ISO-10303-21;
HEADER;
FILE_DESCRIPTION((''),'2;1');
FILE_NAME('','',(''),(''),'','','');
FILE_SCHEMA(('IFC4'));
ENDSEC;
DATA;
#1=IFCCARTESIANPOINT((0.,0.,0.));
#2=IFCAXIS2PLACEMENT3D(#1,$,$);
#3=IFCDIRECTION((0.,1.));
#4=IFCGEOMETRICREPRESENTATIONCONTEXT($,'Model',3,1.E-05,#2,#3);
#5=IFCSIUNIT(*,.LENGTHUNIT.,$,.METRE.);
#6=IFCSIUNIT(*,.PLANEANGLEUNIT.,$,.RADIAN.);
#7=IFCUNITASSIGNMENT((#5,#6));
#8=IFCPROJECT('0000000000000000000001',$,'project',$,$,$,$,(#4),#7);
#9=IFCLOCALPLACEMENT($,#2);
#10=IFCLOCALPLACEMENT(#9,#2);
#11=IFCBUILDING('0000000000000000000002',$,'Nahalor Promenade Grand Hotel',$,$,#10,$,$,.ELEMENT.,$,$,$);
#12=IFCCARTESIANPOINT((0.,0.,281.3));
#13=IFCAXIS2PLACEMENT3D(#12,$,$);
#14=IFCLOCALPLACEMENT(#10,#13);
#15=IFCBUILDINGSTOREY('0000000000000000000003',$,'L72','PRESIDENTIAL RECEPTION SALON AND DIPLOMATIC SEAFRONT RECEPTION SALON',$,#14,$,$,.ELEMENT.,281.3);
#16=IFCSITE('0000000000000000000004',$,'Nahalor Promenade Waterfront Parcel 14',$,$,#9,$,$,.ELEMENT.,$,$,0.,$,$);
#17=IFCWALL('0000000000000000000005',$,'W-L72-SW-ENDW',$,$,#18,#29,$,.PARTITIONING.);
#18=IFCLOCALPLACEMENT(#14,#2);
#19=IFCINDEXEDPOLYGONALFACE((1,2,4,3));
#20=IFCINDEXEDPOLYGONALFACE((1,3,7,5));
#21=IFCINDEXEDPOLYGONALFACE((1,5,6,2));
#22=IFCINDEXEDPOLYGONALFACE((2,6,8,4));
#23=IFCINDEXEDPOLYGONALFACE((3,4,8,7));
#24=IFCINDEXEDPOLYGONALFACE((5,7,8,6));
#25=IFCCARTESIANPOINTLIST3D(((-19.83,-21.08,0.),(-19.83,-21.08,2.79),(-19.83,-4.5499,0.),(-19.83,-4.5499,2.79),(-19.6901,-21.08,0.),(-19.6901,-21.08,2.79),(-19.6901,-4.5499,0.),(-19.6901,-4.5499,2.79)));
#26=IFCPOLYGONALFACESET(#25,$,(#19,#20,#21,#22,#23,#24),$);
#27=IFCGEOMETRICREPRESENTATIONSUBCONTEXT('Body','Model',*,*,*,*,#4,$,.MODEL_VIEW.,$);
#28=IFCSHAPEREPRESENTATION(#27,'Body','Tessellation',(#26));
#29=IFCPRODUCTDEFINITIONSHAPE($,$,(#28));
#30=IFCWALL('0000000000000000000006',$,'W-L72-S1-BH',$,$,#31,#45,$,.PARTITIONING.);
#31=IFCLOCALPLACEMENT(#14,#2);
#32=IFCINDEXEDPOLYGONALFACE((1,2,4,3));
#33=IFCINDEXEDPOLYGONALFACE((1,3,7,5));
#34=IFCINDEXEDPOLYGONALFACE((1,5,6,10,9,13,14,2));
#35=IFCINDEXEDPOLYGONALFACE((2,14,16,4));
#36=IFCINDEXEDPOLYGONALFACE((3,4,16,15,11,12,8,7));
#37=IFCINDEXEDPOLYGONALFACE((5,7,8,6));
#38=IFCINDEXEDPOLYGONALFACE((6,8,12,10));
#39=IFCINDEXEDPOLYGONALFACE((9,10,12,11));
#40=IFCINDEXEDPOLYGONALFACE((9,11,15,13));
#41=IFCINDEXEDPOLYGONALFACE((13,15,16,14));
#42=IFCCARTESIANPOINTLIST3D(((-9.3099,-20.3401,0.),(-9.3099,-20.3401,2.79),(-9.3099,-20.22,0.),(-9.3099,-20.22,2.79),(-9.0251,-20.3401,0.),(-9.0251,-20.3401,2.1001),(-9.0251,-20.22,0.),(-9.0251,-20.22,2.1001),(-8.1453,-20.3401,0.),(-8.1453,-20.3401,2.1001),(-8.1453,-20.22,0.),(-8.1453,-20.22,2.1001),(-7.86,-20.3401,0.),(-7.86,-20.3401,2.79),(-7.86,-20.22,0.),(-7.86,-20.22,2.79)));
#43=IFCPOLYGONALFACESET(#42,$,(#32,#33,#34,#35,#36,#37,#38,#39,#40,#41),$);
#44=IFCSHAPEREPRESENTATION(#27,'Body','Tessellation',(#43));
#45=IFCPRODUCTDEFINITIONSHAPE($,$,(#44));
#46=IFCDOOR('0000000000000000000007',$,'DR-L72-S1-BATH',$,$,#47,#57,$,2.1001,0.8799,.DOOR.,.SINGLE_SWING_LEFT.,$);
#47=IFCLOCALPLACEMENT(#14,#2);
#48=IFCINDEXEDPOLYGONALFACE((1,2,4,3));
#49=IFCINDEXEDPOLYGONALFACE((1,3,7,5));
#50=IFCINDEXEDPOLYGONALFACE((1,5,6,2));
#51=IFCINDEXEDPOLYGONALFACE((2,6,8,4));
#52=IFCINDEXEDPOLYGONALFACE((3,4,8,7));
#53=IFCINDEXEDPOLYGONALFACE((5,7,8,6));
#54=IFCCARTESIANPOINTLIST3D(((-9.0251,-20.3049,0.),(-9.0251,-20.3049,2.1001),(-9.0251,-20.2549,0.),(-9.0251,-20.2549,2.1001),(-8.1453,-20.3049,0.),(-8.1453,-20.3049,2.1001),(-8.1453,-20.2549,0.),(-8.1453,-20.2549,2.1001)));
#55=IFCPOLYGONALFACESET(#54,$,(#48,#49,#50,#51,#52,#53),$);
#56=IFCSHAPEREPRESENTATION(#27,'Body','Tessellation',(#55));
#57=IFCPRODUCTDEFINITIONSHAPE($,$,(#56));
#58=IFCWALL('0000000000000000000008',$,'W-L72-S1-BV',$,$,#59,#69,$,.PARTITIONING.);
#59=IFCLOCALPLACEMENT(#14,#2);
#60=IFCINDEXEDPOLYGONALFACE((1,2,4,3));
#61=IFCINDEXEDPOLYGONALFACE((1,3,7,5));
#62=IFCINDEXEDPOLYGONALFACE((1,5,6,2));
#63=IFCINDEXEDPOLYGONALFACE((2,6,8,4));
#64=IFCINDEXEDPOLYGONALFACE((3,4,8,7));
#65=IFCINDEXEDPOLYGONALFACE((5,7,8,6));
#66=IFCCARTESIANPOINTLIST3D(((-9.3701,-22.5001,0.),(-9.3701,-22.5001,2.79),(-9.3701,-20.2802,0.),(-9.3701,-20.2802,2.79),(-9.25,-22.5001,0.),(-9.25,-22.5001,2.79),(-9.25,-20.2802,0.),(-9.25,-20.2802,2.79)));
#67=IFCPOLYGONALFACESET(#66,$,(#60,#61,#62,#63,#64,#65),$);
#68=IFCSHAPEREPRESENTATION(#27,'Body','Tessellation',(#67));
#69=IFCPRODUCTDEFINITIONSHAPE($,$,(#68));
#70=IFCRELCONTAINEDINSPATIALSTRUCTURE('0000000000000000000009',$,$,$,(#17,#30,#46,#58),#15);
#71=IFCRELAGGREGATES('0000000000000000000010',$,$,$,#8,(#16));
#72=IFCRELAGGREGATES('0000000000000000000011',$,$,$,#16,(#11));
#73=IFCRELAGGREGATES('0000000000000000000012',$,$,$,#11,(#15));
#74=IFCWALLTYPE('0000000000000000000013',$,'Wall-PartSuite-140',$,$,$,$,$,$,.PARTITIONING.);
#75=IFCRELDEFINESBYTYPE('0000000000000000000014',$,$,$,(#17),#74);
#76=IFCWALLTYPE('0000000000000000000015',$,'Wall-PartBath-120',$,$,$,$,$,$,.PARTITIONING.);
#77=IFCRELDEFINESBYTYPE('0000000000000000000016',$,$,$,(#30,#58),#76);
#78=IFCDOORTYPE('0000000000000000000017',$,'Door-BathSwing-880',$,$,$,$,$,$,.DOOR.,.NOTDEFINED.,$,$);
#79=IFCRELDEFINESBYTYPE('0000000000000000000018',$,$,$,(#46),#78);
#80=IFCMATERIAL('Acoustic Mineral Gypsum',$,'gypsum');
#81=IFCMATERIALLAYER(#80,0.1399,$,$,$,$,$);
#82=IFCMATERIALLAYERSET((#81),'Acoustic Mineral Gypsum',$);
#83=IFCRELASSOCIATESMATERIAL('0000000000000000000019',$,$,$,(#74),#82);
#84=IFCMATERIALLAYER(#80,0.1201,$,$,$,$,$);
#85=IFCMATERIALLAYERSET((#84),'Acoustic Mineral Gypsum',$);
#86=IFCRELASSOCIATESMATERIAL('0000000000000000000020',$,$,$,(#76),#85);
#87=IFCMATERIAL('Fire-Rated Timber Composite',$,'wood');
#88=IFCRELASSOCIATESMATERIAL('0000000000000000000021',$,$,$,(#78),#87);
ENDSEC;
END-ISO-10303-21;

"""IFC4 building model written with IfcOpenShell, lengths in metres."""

from ifc_helpers import new_model, si_unit, direction, frame, frame_2d, origin, place, context, subcontext, project, spatial, rectangle, extrude, source, transform, mapped, material, layer, layer_set, type_object, element, fill, save


model = new_model("IFC4")

# Units and contexts
model_context = context("Model", 3, precision=1e-05, world=origin(), true_north=direction((0.0, 1.0)))
body_context = subcontext(model_context, "Body", "Model", "MODEL_VIEW")
ifc_project = project(units=[si_unit("LENGTHUNIT", "METRE"), si_unit("PLANEANGLEUNIT", "RADIAN")], contexts=[model_context])

# Site, building, storey
site_placement = place(None, origin())
site = spatial("IfcSite", under=ifc_project, at=site_placement, Name="Nahalor Promenade Waterfront Parcel 14", CompositionType="ELEMENT", RefElevation=0.0)
building_placement = place(site_placement, origin())
building = spatial("IfcBuilding", under=site, at=building_placement, Name="Nahalor Promenade Grand Hotel", CompositionType="ELEMENT")
storey_placement = place(building_placement, frame((0.0, 0.0, 281.3)))
storey = spatial("IfcBuildingStorey", under=building, at=storey_placement, Name="L72", Description="PRESIDENTIAL RECEPTION SALON AND DIPLOMATIC SEAFRONT RECEPTION SALON", CompositionType="ELEMENT", Elevation=281.3)

# Wall
ifc_material_1 = material(Name="Acoustic Mineral Gypsum", Category="gypsum")
ifc_layer_1 = layer(ifc_material_1, 0.1399)
ifc_layer_set_1 = layer_set([ifc_layer_1], Name="Acoustic Mineral Gypsum")
wall_type_1 = type_object("IfcWallType", Name="Wall-PartSuite-140", PredefinedType="PARTITIONING", material=ifc_layer_set_1)
shared_shape_1 = source(origin(), body_context, "Body", "SweptSolid", [
    extrude(rectangle(XDim=16.53, YDim=0.1399, at=frame_2d((8.2651, 0.0))), origin(), (0.0, 0.0, 1.0), 2.79),
])
wall_1_placement = place(storey_placement, frame((-19.76, -21.0801, 0.0), z_axis=(0.0, 0.0, 1.0), x_axis=(0.0, 1.0, 0.0)))
element("IfcWall", 1, at=wall_1_placement, inside=storey, type_object=wall_type_1, Name="W-L72-SW-ENDW", PredefinedType="PARTITIONING", context=body_context, shape_type="MappedRepresentation", body=[
    mapped(shared_shape_1, transform((0.0, 0.0, 0.0), scale=1.0)),
])

# Wall, opening, door
ifc_layer_2 = layer(ifc_material_1, 0.1201)
ifc_layer_set_2 = layer_set([ifc_layer_2], Name="Acoustic Mineral Gypsum")
wall_type_2 = type_object("IfcWallType", Name="Wall-PartBath-120", PredefinedType="PARTITIONING", material=ifc_layer_set_2)
shared_shape_2 = source(origin(), body_context, "Body", "SweptSolid", [
    extrude(rectangle(XDim=1.45, YDim=0.1201, at=frame_2d((0.7251, 0.0))), origin(), (0.0, 0.0, 1.0), 2.79),
])
wall_2_placement = place(storey_placement, frame((-9.3101, -20.28, 0.0), z_axis=(0.0, 0.0, 1.0), x_axis=(1.0, 0.0, 0.0)))
wall_2 = element("IfcWall", 2, at=wall_2_placement, inside=storey, type_object=wall_type_2, Name="W-L72-S1-BH", PredefinedType="PARTITIONING", context=body_context, shape_type="MappedRepresentation", body=[
    mapped(shared_shape_2, transform((0.0, 0.0, 0.0), scale=1.0)),
])
opening_placement = place(wall_2_placement, frame((0.2849, 0.0, 0.0)))
opening = element("IfcOpeningElement", 3, at=opening_placement, cuts=wall_2, PredefinedType="OPENING", context=body_context, shape_type="SweptSolid", body=[
    extrude(rectangle(XDim=0.8799, YDim=2.1001, at=frame_2d((0.4399, 1.05))), frame((0.0, 0.0701, 0.0), z_axis=(0.0, -1.0, 0.0), x_axis=(1.0, 0.0, 0.0)), (0.0, 0.0, 1.0), 0.1401),
])
ifc_material_2 = material(Name="Fire-Rated Timber Composite", Category="wood")
door_type = type_object("IfcDoorType", Name="Door-BathSwing-880", OperationType="NOTDEFINED", PredefinedType="DOOR", material=ifc_material_2)
shared_shape_3 = source(origin(), body_context, "Body", "SweptSolid", [
    extrude(rectangle(XDim=0.8799, YDim=2.1001, at=frame_2d((0.4399, 1.05))), frame((0.0, 0.0249, 0.0), z_axis=(0.0, -1.0, 0.0), x_axis=(1.0, 0.0, 0.0)), (0.0, 0.0, 1.0), 0.05),
])
door_placement = place(opening_placement, frame((0.8799, 0.0, 0.0), z_axis=(0.0, 0.0, 1.0), x_axis=(-1.0, 0.0, 0.0)))
door = element("IfcDoor", 4, at=door_placement, inside=storey, type_object=door_type, Name="DR-L72-S1-BATH", OperationType="SINGLE_SWING_LEFT", OverallHeight=2.1001, OverallWidth=0.8799, PredefinedType="DOOR", context=body_context, shape_type="MappedRepresentation", body=[
    mapped(shared_shape_3, transform((0.0, 0.0, 0.0), scale=1.0)),
])
fill(opening, door)

# Wall
shared_shape_4 = source(origin(), body_context, "Body", "SweptSolid", [
    extrude(rectangle(XDim=2.22, YDim=0.1201, at=frame_2d((1.1099, 0.0))), origin(), (0.0, 0.0, 1.0), 2.79),
])
wall_3_placement = place(storey_placement, frame((-9.3101, -22.5, 0.0), z_axis=(0.0, 0.0, 1.0), x_axis=(0.0, 1.0, 0.0)))
element("IfcWall", 5, at=wall_3_placement, inside=storey, type_object=wall_type_2, Name="W-L72-S1-BV", PredefinedType="PARTITIONING", context=body_context, shape_type="MappedRepresentation", body=[
    mapped(shared_shape_4, transform((0.0, 0.0, 0.0), scale=1.0)),
])

save(model, "model.ifc")
